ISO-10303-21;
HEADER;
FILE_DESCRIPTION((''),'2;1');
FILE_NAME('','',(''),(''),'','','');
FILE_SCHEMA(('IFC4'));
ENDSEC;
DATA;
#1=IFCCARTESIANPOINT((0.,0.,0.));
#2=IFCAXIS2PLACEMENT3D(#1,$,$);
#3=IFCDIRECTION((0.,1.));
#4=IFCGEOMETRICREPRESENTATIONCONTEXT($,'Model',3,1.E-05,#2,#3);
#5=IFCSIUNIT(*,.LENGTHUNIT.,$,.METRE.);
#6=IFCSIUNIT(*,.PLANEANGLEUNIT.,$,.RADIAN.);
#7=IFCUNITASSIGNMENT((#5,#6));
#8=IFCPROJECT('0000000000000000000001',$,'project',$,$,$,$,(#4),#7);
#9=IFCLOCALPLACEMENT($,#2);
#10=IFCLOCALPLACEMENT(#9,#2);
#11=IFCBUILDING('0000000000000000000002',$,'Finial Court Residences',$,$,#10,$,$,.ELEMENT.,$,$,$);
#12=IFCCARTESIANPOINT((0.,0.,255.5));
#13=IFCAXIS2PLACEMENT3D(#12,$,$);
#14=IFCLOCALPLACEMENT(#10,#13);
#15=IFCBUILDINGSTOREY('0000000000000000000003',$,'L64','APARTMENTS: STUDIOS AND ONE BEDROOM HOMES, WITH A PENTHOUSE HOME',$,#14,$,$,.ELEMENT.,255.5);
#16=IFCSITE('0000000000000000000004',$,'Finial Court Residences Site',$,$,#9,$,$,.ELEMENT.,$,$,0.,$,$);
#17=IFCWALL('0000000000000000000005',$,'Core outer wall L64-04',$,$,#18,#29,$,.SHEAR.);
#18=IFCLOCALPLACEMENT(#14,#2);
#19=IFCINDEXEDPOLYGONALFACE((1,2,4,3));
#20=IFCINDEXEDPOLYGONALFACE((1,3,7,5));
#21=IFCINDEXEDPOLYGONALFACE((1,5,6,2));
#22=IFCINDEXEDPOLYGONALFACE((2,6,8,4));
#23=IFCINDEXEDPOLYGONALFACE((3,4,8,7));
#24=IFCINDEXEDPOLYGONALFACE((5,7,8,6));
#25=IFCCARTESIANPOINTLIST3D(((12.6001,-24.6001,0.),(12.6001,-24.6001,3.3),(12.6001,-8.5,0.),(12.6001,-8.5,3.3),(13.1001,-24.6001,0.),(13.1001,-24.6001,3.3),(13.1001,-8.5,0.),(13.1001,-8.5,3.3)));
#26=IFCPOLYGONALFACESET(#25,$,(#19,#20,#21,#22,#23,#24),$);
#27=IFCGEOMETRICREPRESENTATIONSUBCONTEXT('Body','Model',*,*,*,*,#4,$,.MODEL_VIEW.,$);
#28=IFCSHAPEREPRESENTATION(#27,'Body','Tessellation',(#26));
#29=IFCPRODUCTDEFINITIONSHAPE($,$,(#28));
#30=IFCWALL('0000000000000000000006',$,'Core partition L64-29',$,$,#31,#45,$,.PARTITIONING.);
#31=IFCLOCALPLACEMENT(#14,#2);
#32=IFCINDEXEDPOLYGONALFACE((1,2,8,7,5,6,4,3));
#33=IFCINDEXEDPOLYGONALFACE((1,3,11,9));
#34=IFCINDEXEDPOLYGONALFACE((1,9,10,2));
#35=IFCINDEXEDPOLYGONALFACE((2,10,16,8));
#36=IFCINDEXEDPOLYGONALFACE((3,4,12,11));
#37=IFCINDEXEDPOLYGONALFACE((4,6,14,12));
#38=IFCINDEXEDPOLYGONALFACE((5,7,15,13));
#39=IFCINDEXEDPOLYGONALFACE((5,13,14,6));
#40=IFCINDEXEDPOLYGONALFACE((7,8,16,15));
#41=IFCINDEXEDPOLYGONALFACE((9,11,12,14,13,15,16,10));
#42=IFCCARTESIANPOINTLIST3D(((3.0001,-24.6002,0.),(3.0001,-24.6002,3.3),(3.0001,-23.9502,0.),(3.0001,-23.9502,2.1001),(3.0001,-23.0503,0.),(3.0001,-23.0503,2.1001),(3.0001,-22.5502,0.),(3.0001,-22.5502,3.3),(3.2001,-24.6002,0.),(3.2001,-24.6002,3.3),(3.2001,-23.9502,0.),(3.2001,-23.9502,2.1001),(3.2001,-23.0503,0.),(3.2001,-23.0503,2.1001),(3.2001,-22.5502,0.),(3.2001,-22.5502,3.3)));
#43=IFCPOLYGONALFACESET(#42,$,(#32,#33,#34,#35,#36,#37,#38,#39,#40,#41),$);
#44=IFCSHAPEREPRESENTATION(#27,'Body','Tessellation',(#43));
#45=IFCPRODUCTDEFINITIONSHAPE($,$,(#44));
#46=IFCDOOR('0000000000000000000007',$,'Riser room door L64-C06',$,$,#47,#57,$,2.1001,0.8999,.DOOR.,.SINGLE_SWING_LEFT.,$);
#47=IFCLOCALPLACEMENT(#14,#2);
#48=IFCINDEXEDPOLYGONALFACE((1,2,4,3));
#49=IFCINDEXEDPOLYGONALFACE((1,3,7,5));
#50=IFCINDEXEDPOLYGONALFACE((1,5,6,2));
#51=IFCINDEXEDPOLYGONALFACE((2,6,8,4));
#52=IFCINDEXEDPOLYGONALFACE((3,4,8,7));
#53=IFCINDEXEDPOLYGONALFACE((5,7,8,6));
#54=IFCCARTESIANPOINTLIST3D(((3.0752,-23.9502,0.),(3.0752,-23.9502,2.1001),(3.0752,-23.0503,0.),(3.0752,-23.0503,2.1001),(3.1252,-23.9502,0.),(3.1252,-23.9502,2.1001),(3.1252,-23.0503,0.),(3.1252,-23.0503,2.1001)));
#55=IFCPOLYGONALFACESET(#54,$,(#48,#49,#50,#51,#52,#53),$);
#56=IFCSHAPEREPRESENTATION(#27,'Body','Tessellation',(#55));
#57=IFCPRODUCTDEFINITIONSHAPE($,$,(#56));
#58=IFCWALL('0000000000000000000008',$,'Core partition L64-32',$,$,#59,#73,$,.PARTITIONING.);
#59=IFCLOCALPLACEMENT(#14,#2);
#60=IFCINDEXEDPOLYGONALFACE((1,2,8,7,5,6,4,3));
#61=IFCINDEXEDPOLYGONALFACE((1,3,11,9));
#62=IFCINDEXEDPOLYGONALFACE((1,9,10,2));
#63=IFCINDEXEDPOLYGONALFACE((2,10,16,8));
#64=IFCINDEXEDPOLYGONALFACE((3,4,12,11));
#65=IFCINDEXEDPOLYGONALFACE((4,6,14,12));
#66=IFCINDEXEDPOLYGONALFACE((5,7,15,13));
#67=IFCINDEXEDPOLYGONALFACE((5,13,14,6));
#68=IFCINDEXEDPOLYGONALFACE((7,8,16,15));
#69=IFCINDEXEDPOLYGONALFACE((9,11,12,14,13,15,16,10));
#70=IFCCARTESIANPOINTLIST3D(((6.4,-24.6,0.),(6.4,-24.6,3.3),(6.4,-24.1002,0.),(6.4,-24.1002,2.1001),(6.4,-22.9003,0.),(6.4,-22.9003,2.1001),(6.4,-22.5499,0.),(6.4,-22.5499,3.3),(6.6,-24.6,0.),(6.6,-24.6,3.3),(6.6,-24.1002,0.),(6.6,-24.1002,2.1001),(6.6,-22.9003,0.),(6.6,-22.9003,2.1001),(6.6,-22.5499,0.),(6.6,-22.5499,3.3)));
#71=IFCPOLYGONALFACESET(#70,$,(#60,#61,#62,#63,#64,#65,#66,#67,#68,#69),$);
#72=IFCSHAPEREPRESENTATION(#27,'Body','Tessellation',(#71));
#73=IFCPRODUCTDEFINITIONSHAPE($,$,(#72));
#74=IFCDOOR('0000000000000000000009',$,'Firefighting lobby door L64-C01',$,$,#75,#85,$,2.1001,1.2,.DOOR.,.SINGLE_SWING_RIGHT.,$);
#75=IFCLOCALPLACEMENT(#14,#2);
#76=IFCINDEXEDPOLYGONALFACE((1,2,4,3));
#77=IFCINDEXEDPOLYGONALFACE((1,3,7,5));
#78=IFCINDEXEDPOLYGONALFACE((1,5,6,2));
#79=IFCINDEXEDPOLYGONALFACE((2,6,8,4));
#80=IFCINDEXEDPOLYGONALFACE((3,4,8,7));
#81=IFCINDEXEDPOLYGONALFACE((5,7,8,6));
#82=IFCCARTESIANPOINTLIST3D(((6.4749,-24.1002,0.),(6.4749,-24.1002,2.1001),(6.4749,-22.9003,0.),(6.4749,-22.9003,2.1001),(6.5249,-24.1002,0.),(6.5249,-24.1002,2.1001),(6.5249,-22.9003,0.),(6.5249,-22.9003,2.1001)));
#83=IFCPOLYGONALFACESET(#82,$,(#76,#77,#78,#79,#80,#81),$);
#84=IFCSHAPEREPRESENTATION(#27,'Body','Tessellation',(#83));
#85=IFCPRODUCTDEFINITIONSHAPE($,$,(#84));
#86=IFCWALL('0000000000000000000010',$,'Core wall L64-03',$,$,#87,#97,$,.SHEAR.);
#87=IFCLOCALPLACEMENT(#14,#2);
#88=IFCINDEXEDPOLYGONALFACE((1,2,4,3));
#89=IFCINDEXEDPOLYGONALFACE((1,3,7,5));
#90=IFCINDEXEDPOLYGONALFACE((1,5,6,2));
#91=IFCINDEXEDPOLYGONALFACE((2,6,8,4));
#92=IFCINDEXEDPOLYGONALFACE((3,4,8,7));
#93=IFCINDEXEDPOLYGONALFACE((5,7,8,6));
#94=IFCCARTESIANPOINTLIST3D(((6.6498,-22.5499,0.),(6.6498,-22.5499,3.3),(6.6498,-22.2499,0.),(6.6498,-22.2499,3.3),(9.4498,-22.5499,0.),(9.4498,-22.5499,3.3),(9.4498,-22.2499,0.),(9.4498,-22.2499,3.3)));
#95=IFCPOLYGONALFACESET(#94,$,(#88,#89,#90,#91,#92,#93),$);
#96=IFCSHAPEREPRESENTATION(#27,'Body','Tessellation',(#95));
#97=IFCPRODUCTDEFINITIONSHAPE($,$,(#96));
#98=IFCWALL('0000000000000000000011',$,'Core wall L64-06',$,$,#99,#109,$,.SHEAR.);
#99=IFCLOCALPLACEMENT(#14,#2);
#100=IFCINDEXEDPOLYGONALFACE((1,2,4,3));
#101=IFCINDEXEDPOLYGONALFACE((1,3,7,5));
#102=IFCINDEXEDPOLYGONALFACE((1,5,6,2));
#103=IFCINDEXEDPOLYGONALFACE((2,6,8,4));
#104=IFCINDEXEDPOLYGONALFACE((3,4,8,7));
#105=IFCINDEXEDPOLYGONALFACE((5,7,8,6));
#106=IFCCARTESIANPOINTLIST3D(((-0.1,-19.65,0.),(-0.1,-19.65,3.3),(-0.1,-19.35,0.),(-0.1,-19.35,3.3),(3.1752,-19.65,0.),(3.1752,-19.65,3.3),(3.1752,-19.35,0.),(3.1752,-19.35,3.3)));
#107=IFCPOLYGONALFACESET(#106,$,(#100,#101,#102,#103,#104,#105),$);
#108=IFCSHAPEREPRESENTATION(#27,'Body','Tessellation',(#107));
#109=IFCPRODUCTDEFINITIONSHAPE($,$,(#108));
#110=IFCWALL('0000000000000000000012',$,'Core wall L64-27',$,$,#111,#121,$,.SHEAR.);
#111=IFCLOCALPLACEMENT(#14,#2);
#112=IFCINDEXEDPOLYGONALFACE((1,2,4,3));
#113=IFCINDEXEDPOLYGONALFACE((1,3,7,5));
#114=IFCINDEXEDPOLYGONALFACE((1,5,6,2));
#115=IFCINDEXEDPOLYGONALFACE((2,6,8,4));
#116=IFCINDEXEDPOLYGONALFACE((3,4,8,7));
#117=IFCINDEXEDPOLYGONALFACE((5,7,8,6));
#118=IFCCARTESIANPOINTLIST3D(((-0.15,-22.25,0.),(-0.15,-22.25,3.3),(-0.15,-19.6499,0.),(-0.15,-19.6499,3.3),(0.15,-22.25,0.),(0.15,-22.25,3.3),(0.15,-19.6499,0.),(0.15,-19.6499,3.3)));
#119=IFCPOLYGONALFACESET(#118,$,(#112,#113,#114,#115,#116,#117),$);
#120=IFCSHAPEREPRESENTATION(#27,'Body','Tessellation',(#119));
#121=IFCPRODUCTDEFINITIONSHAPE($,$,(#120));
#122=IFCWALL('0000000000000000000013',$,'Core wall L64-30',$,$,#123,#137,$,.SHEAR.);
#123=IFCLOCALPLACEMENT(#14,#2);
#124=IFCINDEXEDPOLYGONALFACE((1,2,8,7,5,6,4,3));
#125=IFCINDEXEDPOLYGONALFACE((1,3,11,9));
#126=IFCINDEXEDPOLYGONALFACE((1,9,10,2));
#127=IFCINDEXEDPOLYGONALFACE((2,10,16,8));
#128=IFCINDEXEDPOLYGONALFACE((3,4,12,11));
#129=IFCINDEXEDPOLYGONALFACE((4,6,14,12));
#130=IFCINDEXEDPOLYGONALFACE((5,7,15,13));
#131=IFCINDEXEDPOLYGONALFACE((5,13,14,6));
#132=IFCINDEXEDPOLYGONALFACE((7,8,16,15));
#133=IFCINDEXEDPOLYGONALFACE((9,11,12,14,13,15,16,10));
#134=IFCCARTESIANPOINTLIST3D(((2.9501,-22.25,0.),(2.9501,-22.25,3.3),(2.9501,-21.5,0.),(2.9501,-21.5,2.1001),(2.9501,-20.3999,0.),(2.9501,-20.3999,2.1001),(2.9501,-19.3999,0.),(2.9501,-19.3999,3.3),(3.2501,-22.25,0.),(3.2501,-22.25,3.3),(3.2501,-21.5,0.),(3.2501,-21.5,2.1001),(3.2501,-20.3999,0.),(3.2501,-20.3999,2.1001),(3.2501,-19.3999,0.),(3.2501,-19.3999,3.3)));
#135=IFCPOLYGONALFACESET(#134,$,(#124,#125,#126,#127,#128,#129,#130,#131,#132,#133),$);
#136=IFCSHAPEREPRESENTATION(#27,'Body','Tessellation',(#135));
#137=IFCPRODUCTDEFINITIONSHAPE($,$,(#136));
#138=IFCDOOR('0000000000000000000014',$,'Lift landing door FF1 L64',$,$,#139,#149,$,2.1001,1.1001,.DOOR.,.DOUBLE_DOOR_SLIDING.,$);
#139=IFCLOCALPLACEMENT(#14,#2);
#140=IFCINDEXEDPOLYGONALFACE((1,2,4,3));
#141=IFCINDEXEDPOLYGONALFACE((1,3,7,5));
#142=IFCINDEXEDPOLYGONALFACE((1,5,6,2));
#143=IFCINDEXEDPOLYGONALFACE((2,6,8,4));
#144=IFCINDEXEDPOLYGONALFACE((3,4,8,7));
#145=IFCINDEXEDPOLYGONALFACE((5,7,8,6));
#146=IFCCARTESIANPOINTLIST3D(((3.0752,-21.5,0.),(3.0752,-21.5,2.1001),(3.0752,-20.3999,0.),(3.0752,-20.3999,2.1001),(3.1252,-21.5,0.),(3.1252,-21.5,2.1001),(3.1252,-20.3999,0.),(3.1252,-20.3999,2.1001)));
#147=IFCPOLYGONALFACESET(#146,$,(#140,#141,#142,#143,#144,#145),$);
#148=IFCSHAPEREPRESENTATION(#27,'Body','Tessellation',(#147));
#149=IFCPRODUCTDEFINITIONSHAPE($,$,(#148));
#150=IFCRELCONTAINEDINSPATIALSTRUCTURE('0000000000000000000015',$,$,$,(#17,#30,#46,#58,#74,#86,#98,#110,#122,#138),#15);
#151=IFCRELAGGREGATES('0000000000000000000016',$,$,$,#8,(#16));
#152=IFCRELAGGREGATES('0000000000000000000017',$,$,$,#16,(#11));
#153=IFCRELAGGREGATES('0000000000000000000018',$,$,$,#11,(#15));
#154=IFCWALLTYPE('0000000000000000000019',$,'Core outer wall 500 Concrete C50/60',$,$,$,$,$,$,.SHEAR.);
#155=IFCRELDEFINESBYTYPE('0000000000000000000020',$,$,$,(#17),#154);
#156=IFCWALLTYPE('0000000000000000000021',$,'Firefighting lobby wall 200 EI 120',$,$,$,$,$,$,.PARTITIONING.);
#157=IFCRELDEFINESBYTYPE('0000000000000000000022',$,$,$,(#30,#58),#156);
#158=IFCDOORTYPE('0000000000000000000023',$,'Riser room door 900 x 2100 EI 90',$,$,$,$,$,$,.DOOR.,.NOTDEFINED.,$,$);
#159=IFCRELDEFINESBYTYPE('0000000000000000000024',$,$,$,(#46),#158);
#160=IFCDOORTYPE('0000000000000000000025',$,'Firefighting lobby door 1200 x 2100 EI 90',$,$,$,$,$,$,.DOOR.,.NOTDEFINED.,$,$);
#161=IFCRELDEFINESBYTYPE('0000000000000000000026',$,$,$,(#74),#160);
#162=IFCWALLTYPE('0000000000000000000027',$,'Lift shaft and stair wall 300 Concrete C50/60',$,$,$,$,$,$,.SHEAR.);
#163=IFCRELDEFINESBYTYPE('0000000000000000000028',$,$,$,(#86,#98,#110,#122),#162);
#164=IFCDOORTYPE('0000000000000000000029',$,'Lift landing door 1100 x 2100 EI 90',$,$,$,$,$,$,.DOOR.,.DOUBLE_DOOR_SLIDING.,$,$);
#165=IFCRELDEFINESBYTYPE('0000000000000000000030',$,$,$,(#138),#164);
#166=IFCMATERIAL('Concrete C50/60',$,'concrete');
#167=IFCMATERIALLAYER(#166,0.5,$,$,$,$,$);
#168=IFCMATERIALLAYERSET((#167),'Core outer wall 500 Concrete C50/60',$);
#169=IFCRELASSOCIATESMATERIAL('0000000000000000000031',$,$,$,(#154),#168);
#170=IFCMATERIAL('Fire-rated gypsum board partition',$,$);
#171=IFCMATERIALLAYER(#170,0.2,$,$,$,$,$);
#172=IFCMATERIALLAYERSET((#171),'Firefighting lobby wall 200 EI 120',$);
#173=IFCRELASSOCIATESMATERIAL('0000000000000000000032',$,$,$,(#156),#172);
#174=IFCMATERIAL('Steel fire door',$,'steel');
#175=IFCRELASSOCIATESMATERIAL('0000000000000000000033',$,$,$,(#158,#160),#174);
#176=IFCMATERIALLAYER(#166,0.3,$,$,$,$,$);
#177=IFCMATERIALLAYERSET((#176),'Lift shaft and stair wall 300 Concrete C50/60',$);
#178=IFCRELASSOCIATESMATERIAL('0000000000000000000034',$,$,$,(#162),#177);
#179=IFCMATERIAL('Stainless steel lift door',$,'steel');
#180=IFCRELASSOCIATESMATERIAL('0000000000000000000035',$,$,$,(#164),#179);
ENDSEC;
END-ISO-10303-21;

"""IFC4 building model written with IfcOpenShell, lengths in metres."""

from ifc_helpers import new_model, si_unit, direction, frame, frame_2d, origin, place, context, subcontext, project, spatial, rectangle, extrude, material, layer, layer_set, type_object, element, fill, save


model = new_model("IFC4")

# Units and contexts
model_context = context("Model", 3, precision=1e-05, world=origin(), true_north=direction((0.0, 1.0)))
body_context = subcontext(model_context, "Body", "Model", "MODEL_VIEW")
ifc_project = project(units=[si_unit("LENGTHUNIT", "METRE"), si_unit("PLANEANGLEUNIT", "RADIAN")], contexts=[model_context])

# Site, building, storey
site_placement = place(None, origin())
site = spatial("IfcSite", under=ifc_project, at=site_placement, Name="Finial Court Residences Site", CompositionType="ELEMENT", RefElevation=0.0)
building_placement = place(site_placement, origin())
building = spatial("IfcBuilding", under=site, at=building_placement, Name="Finial Court Residences", CompositionType="ELEMENT")
storey_placement = place(building_placement, frame((0.0, 0.0, 255.5)))
storey = spatial("IfcBuildingStorey", under=building, at=storey_placement, Name="L64", Description="APARTMENTS: STUDIOS AND ONE BEDROOM HOMES, WITH A PENTHOUSE HOME", CompositionType="ELEMENT", Elevation=255.5)

# Wall
ifc_material_1 = material(Name="Concrete C50/60", Category="concrete")
ifc_layer_1 = layer(ifc_material_1, 0.5)
ifc_layer_set_1 = layer_set([ifc_layer_1], Name="Core outer wall 500 Concrete C50/60")
wall_type_1 = type_object("IfcWallType", Name="Core outer wall 500 Concrete C50/60", PredefinedType="SHEAR", material=ifc_layer_set_1)
wall_1_placement = place(storey_placement, frame((12.8501, -24.6001, 0.0), z_axis=(0.0, 0.0, 1.0), x_axis=(0.0, 1.0, 0.0)))
element("IfcWall", 1, at=wall_1_placement, inside=storey, type_object=wall_type_1, Name="Core outer wall L64-04", PredefinedType="SHEAR", context=body_context, shape_type="SweptSolid", body=[
    extrude(rectangle(XDim=16.1001, YDim=0.5, at=frame_2d((8.05, 0.0))), origin(), (0.0, 0.0, 1.0), 3.3),
])

# Walls, openings, doors
ifc_material_2 = material(Name="Fire-rated gypsum board partition")
ifc_layer_2 = layer(ifc_material_2, 0.2)
ifc_layer_set_2 = layer_set([ifc_layer_2], Name="Firefighting lobby wall 200 EI 120")
wall_type_2 = type_object("IfcWallType", Name="Firefighting lobby wall 200 EI 120", PredefinedType="PARTITIONING", material=ifc_layer_set_2)
wall_2_placement = place(storey_placement, frame((3.1001, -24.6001, 0.0), z_axis=(0.0, 0.0, 1.0), x_axis=(0.0, 1.0, 0.0)))
wall_2 = element("IfcWall", 2, at=wall_2_placement, inside=storey, type_object=wall_type_2, Name="Core partition L64-29", PredefinedType="PARTITIONING", context=body_context, shape_type="SweptSolid", body=[
    extrude(rectangle(XDim=2.05, YDim=0.2, at=frame_2d((1.0249, 0.0))), origin(), (0.0, 0.0, 1.0), 3.3),
])
opening_1_placement = place(wall_2_placement, frame((0.6499, 0.0, 0.0)))
opening_1 = element("IfcOpeningElement", 3, at=opening_1_placement, cuts=wall_2, PredefinedType="OPENING", context=body_context, shape_type="SweptSolid", body=[
    extrude(rectangle(XDim=0.8999, YDim=2.1001, at=frame_2d((0.45, 1.05))), frame((0.0, 0.1099, 0.0), z_axis=(0.0, -1.0, 0.0), x_axis=(1.0, 0.0, 0.0)), (0.0, 0.0, 1.0), 0.22),
])
ifc_material_3 = material(Name="Steel fire door", Category="steel")
door_type_1 = type_object("IfcDoorType", Name="Riser room door 900 x 2100 EI 90", OperationType="NOTDEFINED", PredefinedType="DOOR", material=ifc_material_3)
door_1_placement = place(opening_1_placement, origin())
door_1 = element("IfcDoor", 4, at=door_1_placement, inside=storey, type_object=door_type_1, Name="Riser room door L64-C06", OperationType="SINGLE_SWING_LEFT", OverallHeight=2.1001, OverallWidth=0.8999, PredefinedType="DOOR", context=body_context, shape_type="SweptSolid", body=[
    extrude(rectangle(XDim=0.8999, YDim=2.1001, at=frame_2d((0.45, 1.05))), frame((0.0, 0.0249, 0.0), z_axis=(0.0, -1.0, 0.0), x_axis=(1.0, 0.0, 0.0)), (0.0, 0.0, 1.0), 0.05),
])
fill(opening_1, door_1)
wall_3_placement = place(storey_placement, frame((6.5, -22.55, 0.0), z_axis=(0.0, 0.0, 1.0), x_axis=(0.0, -1.0, 0.0)))
wall_3 = element("IfcWall", 5, at=wall_3_placement, inside=storey, type_object=wall_type_2, Name="Core partition L64-32", PredefinedType="PARTITIONING", context=body_context, shape_type="SweptSolid", body=[
    extrude(rectangle(XDim=2.05, YDim=0.2, at=frame_2d((1.0249, 0.0))), origin(), (0.0, 0.0, 1.0), 3.3),
])
opening_2_placement = place(wall_3_placement, frame((0.3501, 0.0, 0.0)))
opening_2 = element("IfcOpeningElement", 6, at=opening_2_placement, cuts=wall_3, PredefinedType="OPENING", context=body_context, shape_type="SweptSolid", body=[
    extrude(rectangle(XDim=1.2, YDim=2.1001, at=frame_2d((0.6001, 1.05))), frame((0.0, 0.1099, 0.0), z_axis=(0.0, -1.0, 0.0), x_axis=(1.0, 0.0, 0.0)), (0.0, 0.0, 1.0), 0.22),
])
door_type_2 = type_object("IfcDoorType", Name="Firefighting lobby door 1200 x 2100 EI 90", OperationType="NOTDEFINED", PredefinedType="DOOR", material=ifc_material_3)
door_2_placement = place(opening_2_placement, origin())
door_2 = element("IfcDoor", 7, at=door_2_placement, inside=storey, type_object=door_type_2, Name="Firefighting lobby door L64-C01", OperationType="SINGLE_SWING_RIGHT", OverallHeight=2.1001, OverallWidth=1.2, PredefinedType="DOOR", context=body_context, shape_type="SweptSolid", body=[
    extrude(rectangle(XDim=1.2, YDim=2.1001, at=frame_2d((0.6001, 1.05))), frame((0.0, 0.0249, 0.0), z_axis=(0.0, -1.0, 0.0), x_axis=(1.0, 0.0, 0.0)), (0.0, 0.0, 1.0), 0.05),
])
fill(opening_2, door_2)

# Walls
ifc_layer_3 = layer(ifc_material_1, 0.3)
ifc_layer_set_3 = layer_set([ifc_layer_3], Name="Lift shaft and stair wall 300 Concrete C50/60")
wall_type_3 = type_object("IfcWallType", Name="Lift shaft and stair wall 300 Concrete C50/60", PredefinedType="SHEAR", material=ifc_layer_set_3)
wall_4_placement = place(storey_placement, frame((6.6499, -22.3999, 0.0), z_axis=(0.0, 0.0, 1.0), x_axis=(1.0, 0.0, 0.0)))
element("IfcWall", 8, at=wall_4_placement, inside=storey, type_object=wall_type_3, Name="Core wall L64-03", PredefinedType="SHEAR", context=body_context, shape_type="SweptSolid", body=[
    extrude(rectangle(XDim=2.8, YDim=0.3, at=frame_2d((1.3999, 0.0))), origin(), (0.0, 0.0, 1.0), 3.3),
])
wall_5_placement = place(storey_placement, frame((-0.1001, -19.5, 0.0), z_axis=(0.0, 0.0, 1.0), x_axis=(1.0, 0.0, 0.0)))
element("IfcWall", 9, at=wall_5_placement, inside=storey, type_object=wall_type_3, Name="Core wall L64-06", PredefinedType="SHEAR", context=body_context, shape_type="SweptSolid", body=[
    extrude(rectangle(XDim=3.2751, YDim=0.3, at=frame_2d((1.6377, 0.0))), origin(), (0.0, 0.0, 1.0), 3.3),
])
wall_6_placement = place(storey_placement, frame((0.0, -22.25, 0.0), z_axis=(0.0, 0.0, 1.0), x_axis=(0.0, 1.0, 0.0)))
element("IfcWall", 10, at=wall_6_placement, inside=storey, type_object=wall_type_3, Name="Core wall L64-27", PredefinedType="SHEAR", context=body_context, shape_type="SweptSolid", body=[
    extrude(rectangle(XDim=2.6001, YDim=0.3, at=frame_2d((1.3, 0.0))), origin(), (0.0, 0.0, 1.0), 3.3),
])

# Wall, opening, door
wall_7_placement = place(storey_placement, frame((3.1001, -22.25, 0.0), z_axis=(0.0, 0.0, 1.0), x_axis=(0.0, 1.0, 0.0)))
wall_7 = element("IfcWall", 11, at=wall_7_placement, inside=storey, type_object=wall_type_3, Name="Core wall L64-30", PredefinedType="SHEAR", context=body_context, shape_type="SweptSolid", body=[
    extrude(rectangle(XDim=2.8501, YDim=0.3, at=frame_2d((1.425, 0.0))), origin(), (0.0, 0.0, 1.0), 3.3),
])
opening_3_placement = place(wall_7_placement, frame((0.75, 0.0, 0.0)))
opening_3 = element("IfcOpeningElement", 12, at=opening_3_placement, cuts=wall_7, PredefinedType="OPENING", context=body_context, shape_type="SweptSolid", body=[
    extrude(rectangle(XDim=1.1001, YDim=2.1001, at=frame_2d((0.55, 1.05))), frame((0.0, 0.1599, 0.0), z_axis=(0.0, -1.0, 0.0), x_axis=(1.0, 0.0, 0.0)), (0.0, 0.0, 1.0), 0.3201),
])
ifc_material_4 = material(Name="Stainless steel lift door", Category="steel")
door_type_3 = type_object("IfcDoorType", Name="Lift landing door 1100 x 2100 EI 90", OperationType="DOUBLE_DOOR_SLIDING", PredefinedType="DOOR", material=ifc_material_4)
door_3_placement = place(opening_3_placement, origin())
door_3 = element("IfcDoor", 13, at=door_3_placement, inside=storey, type_object=door_type_3, Name="Lift landing door FF1 L64", OperationType="DOUBLE_DOOR_SLIDING", OverallHeight=2.1001, OverallWidth=1.1001, PredefinedType="DOOR", context=body_context, shape_type="SweptSolid", body=[
    extrude(rectangle(XDim=1.1001, YDim=2.1001, at=frame_2d((0.55, 1.05))), frame((0.0, 0.0249, 0.0), z_axis=(0.0, -1.0, 0.0), x_axis=(1.0, 0.0, 0.0)), (0.0, 0.0, 1.0), 0.05),
])
fill(opening_3, door_3)

save(model, "model.ifc")
